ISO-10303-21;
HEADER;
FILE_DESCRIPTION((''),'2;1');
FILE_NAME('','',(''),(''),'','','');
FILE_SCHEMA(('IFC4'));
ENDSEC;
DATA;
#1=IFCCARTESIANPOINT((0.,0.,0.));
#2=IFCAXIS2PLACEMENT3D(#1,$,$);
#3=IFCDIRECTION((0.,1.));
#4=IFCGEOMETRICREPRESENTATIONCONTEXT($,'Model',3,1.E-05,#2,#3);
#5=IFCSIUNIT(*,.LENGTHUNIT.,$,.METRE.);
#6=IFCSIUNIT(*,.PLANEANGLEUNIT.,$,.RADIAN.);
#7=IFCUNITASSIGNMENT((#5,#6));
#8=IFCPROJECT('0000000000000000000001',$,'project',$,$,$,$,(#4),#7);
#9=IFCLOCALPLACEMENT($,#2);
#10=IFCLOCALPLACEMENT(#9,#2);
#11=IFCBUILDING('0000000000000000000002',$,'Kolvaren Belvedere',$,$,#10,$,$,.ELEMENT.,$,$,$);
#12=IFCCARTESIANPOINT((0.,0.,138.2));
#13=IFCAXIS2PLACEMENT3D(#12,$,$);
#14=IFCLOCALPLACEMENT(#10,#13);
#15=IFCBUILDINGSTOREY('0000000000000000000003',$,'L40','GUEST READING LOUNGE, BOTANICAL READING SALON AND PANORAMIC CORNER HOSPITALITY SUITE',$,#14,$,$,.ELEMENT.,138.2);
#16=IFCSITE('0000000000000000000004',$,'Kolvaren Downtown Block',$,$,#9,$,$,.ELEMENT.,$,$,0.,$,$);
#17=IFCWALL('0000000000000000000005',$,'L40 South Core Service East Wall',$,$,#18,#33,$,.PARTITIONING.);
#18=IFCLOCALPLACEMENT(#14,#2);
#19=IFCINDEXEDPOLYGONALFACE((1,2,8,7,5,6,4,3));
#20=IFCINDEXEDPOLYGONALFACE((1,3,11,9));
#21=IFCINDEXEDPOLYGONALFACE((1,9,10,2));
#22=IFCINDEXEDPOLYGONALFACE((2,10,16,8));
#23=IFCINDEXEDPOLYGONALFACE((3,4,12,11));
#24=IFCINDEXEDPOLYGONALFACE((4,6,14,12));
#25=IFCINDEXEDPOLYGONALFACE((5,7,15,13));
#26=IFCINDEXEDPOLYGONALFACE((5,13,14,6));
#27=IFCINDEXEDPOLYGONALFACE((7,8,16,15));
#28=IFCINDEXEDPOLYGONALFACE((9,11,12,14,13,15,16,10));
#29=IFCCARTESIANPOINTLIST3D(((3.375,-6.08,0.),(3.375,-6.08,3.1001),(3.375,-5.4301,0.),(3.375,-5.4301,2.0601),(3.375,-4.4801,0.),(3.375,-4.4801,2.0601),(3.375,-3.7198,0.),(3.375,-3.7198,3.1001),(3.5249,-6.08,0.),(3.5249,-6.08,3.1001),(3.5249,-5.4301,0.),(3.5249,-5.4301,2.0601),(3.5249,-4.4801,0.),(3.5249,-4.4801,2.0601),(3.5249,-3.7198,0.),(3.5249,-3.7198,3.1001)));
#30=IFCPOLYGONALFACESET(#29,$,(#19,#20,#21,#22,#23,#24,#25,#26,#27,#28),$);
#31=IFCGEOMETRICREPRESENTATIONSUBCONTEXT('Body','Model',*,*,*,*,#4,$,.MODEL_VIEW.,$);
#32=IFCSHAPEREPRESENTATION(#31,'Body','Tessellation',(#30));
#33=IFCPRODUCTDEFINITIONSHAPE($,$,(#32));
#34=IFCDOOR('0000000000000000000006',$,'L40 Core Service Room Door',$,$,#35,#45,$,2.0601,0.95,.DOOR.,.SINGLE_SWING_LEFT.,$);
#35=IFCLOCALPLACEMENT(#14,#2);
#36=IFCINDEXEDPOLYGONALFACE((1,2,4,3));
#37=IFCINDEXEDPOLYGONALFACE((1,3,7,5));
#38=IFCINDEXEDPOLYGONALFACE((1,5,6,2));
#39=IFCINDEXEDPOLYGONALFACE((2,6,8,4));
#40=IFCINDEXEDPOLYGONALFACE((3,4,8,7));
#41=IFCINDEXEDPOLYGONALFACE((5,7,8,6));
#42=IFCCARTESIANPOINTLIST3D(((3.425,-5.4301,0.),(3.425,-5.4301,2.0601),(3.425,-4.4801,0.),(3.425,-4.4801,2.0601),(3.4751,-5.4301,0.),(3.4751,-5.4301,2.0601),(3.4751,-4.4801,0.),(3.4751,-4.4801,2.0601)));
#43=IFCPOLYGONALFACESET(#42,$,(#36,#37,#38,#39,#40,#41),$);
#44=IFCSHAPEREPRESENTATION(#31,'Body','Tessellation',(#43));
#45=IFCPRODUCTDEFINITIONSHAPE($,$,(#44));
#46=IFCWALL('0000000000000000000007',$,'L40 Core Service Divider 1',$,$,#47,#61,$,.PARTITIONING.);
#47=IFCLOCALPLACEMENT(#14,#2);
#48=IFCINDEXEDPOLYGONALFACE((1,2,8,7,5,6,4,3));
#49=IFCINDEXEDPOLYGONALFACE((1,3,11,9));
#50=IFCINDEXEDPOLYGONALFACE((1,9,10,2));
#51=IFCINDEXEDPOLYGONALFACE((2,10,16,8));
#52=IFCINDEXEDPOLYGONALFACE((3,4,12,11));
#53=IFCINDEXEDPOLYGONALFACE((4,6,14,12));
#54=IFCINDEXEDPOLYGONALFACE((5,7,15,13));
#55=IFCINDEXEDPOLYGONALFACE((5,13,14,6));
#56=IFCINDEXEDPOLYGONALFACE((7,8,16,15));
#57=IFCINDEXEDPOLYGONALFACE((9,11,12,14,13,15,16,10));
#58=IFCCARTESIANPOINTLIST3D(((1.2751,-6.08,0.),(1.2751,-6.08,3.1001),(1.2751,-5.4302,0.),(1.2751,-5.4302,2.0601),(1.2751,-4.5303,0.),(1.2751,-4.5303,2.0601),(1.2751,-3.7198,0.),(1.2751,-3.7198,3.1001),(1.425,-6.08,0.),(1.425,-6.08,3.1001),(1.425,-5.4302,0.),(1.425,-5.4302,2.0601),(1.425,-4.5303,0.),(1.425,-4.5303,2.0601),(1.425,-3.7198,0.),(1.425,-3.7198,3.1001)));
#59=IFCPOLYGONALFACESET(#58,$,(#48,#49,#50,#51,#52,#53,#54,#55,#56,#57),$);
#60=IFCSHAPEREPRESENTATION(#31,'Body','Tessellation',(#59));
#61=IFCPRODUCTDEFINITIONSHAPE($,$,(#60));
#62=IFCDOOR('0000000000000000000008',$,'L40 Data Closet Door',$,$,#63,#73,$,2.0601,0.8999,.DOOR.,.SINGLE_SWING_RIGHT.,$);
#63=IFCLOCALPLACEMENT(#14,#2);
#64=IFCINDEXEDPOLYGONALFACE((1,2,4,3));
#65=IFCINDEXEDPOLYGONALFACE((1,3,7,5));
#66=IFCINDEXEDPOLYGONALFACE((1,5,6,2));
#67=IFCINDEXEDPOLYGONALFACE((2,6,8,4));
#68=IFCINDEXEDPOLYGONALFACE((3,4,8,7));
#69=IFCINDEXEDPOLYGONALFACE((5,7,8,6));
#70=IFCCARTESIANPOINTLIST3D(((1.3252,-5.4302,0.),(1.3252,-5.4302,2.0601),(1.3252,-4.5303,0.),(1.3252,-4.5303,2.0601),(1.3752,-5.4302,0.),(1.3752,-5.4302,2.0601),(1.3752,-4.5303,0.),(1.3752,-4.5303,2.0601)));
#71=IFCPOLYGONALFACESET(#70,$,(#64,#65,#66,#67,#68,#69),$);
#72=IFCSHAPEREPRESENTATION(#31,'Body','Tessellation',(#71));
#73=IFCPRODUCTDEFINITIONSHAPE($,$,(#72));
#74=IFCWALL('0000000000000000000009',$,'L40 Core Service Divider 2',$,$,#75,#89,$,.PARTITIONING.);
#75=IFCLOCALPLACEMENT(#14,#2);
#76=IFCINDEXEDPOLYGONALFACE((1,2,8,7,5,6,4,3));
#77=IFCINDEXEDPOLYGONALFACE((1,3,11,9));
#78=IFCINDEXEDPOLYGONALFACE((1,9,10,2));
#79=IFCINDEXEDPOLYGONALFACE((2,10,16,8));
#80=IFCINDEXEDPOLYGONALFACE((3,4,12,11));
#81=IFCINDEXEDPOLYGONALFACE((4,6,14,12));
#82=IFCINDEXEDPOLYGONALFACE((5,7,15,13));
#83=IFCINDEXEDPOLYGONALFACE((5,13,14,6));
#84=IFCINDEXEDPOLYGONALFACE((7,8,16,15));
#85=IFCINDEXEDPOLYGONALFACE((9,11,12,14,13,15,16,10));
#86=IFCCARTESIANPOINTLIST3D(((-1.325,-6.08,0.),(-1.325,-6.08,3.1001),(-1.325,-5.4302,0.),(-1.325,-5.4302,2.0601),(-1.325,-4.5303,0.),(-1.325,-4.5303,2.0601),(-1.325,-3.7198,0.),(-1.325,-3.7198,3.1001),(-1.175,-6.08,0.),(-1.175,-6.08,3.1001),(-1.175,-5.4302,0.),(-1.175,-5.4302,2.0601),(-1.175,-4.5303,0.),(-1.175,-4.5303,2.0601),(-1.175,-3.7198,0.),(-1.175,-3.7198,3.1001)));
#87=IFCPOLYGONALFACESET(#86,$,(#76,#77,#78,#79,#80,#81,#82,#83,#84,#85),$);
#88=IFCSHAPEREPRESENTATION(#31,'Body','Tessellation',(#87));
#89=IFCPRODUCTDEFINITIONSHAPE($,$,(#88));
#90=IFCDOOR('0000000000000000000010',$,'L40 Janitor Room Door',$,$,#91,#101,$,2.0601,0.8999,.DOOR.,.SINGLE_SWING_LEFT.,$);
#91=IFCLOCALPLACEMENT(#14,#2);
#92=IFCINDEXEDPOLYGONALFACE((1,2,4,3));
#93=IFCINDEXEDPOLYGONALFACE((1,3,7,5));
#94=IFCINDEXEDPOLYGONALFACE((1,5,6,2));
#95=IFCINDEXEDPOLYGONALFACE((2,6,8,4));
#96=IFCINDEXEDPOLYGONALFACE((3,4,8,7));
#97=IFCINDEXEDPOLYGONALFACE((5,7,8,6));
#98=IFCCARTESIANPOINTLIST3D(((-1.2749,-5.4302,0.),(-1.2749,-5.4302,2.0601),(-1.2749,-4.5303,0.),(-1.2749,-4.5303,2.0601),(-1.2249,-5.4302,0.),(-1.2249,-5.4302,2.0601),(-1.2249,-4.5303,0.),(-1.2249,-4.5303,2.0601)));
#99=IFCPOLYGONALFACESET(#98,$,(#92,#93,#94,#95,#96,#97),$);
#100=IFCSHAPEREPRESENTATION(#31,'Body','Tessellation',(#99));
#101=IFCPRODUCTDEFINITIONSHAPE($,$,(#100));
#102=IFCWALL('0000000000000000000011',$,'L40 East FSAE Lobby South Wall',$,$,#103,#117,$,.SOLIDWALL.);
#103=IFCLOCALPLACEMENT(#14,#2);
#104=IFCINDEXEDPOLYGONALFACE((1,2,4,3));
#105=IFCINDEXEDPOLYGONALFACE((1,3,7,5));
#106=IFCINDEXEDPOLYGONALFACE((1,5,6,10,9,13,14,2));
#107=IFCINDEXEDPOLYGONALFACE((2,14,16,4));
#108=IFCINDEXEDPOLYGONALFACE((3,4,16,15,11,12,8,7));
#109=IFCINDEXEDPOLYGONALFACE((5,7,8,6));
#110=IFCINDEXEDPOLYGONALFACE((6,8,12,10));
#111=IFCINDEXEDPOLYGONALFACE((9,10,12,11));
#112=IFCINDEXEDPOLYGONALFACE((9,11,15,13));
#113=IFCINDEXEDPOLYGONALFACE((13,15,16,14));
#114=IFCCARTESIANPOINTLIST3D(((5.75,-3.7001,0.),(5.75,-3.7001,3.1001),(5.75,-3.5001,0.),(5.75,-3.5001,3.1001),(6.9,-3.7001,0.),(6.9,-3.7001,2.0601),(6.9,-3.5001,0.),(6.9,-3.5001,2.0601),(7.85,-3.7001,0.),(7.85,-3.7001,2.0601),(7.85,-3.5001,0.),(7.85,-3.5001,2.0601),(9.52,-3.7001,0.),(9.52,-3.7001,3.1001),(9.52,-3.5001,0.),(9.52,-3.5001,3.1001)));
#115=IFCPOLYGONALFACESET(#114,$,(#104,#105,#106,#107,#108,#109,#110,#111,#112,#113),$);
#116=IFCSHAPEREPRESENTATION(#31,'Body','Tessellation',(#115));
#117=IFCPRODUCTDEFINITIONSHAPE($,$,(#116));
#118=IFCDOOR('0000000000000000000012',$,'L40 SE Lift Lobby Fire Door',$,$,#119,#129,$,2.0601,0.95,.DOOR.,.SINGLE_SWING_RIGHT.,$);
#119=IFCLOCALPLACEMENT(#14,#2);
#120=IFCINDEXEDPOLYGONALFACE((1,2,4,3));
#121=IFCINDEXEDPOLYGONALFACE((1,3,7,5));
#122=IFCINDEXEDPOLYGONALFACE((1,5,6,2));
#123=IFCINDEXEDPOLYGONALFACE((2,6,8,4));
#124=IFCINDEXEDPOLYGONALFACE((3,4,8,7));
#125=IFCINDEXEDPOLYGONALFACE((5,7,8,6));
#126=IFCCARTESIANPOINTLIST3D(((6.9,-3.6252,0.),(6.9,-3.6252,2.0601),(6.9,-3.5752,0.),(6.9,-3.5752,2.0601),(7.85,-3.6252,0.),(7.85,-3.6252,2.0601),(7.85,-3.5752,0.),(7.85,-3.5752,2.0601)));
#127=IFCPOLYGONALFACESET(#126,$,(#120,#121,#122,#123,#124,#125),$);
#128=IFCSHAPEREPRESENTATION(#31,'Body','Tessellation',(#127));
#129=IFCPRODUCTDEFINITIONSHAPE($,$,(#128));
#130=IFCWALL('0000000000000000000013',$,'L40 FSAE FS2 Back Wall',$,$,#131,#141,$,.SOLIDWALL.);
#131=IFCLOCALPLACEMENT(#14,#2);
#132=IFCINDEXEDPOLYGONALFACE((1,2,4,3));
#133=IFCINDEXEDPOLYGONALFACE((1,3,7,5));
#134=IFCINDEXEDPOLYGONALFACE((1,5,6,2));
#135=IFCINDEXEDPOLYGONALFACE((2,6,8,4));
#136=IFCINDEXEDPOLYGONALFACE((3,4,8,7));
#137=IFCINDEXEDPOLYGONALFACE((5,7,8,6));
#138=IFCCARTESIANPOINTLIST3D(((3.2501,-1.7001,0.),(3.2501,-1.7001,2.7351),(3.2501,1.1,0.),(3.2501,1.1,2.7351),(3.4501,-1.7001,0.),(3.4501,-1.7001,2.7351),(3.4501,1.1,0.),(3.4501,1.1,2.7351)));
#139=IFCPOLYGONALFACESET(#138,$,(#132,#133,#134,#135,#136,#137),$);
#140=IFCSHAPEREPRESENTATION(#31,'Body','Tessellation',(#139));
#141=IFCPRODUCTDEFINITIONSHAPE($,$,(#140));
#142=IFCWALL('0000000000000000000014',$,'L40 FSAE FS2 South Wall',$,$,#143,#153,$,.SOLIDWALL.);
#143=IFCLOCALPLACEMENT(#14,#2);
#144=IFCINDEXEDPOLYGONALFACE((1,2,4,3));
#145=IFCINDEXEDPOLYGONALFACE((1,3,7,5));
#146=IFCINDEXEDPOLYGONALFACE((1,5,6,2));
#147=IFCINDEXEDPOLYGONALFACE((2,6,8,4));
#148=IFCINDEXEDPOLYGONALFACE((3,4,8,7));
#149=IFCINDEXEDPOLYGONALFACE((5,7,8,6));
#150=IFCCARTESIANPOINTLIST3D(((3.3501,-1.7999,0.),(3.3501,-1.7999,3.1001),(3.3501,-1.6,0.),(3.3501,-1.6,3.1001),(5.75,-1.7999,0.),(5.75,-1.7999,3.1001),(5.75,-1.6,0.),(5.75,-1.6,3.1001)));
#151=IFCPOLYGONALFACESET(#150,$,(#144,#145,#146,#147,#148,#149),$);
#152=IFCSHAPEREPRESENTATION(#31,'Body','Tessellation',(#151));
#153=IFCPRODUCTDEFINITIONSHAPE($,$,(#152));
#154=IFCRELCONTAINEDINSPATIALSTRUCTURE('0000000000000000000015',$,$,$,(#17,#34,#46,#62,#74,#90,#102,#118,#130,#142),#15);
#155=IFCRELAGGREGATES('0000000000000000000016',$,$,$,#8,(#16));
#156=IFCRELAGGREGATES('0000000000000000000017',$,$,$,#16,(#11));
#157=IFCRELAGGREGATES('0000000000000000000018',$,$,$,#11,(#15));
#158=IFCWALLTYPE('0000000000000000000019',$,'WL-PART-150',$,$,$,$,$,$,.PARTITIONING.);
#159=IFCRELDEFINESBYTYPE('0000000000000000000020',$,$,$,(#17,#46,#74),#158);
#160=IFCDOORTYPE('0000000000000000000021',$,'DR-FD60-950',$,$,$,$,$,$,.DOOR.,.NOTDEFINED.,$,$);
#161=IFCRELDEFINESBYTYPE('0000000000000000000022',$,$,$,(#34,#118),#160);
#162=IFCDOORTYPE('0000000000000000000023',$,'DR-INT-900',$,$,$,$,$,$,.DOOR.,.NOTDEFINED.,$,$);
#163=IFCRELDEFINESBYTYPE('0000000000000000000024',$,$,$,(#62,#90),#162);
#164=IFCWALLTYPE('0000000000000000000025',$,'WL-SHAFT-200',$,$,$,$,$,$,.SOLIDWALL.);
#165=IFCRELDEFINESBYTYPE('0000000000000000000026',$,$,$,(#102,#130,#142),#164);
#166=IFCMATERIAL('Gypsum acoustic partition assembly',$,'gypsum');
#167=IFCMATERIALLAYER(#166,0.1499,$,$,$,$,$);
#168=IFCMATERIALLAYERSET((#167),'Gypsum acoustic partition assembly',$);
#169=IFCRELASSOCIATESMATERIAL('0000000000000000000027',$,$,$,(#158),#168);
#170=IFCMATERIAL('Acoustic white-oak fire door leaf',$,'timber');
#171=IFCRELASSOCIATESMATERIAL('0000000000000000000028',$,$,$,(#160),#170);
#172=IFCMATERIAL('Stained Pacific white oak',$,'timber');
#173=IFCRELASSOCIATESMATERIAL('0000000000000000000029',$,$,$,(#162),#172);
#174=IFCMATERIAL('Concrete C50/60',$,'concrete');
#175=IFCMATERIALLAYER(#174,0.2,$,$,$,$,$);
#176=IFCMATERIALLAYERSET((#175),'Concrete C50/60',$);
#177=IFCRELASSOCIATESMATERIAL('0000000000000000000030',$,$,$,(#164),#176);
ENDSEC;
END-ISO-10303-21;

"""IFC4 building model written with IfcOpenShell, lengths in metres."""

from ifc_helpers import new_model, si_unit, direction, frame, frame_2d, origin, place, context, subcontext, project, spatial, rectangle, extrude, material, layer, layer_set, type_object, element, fill, save


model = new_model("IFC4")

# Units and contexts
model_context = context("Model", 3, precision=1e-05, world=origin(), true_north=direction((0.0, 1.0)))
body_context = subcontext(model_context, "Body", "Model", "MODEL_VIEW")
ifc_project = project(units=[si_unit("LENGTHUNIT", "METRE"), si_unit("PLANEANGLEUNIT", "RADIAN")], contexts=[model_context])

# Site, building, storey
site_placement = place(None, origin())
site = spatial("IfcSite", under=ifc_project, at=site_placement, Name="Kolvaren Downtown Block", CompositionType="ELEMENT", RefElevation=0.0)
building_placement = place(site_placement, origin())
building = spatial("IfcBuilding", under=site, at=building_placement, Name="Kolvaren Belvedere", CompositionType="ELEMENT")
storey_placement = place(building_placement, frame((0.0, 0.0, 138.2)))
storey = spatial("IfcBuildingStorey", under=building, at=storey_placement, Name="L40", Description="GUEST READING LOUNGE, BOTANICAL READING SALON AND PANORAMIC CORNER HOSPITALITY SUITE", CompositionType="ELEMENT", Elevation=138.2)

# Walls, openings, doors
ifc_material_1 = material(Name="Gypsum acoustic partition assembly", Category="gypsum")
ifc_layer_1 = layer(ifc_material_1, 0.1499)
ifc_layer_set_1 = layer_set([ifc_layer_1], Name="Gypsum acoustic partition assembly")
wall_type_1 = type_object("IfcWallType", Name="WL-PART-150", PredefinedType="PARTITIONING", material=ifc_layer_set_1)
wall_1_placement = place(storey_placement, frame((3.45, -6.0801, 0.0), z_axis=(0.0, 0.0, 1.0), x_axis=(0.0, 1.0, 0.0)))
wall_1 = element("IfcWall", 1, at=wall_1_placement, inside=storey, type_object=wall_type_1, Name="L40 South Core Service East Wall", PredefinedType="PARTITIONING", context=body_context, shape_type="SweptSolid", body=[
    extrude(rectangle(XDim=2.3601, YDim=0.1499, at=frame_2d((1.1802, 0.0))), origin(), (0.0, 0.0, 1.0), 3.1001),
])
opening_1_placement = place(wall_1_placement, frame((0.6499, 0.0, 0.0)))
opening_1 = element("IfcOpeningElement", 2, at=opening_1_placement, cuts=wall_1, PredefinedType="OPENING", context=body_context, shape_type="SweptSolid", body=[
    extrude(rectangle(XDim=0.95, YDim=2.0601, at=frame_2d((0.4751, 1.03))), frame((0.0, 0.085, 0.0), z_axis=(0.0, -1.0, 0.0), x_axis=(1.0, 0.0, 0.0)), (0.0, 0.0, 1.0), 0.1699),
])
ifc_material_2 = material(Name="Acoustic white-oak fire door leaf", Category="timber")
door_type_1 = type_object("IfcDoorType", Name="DR-FD60-950", OperationType="NOTDEFINED", PredefinedType="DOOR", material=ifc_material_2)
door_1_placement = place(opening_1_placement, origin())
door_1 = element("IfcDoor", 3, at=door_1_placement, inside=storey, type_object=door_type_1, Name="L40 Core Service Room Door", OperationType="SINGLE_SWING_LEFT", OverallHeight=2.0601, OverallWidth=0.95, PredefinedType="DOOR", context=body_context, shape_type="SweptSolid", body=[
    extrude(rectangle(XDim=0.95, YDim=2.0601, at=frame_2d((0.4751, 1.03))), frame((0.0, 0.0249, 0.0), z_axis=(0.0, -1.0, 0.0), x_axis=(1.0, 0.0, 0.0)), (0.0, 0.0, 1.0), 0.05),
])
fill(opening_1, door_1)
wall_2_placement = place(storey_placement, frame((1.3501, -6.0801, 0.0), z_axis=(0.0, 0.0, 1.0), x_axis=(0.0, 1.0, 0.0)))
wall_2 = element("IfcWall", 4, at=wall_2_placement, inside=storey, type_object=wall_type_1, Name="L40 Core Service Divider 1", PredefinedType="PARTITIONING", context=body_context, shape_type="SweptSolid", body=[
    extrude(rectangle(XDim=2.3601, YDim=0.1499, at=frame_2d((1.1802, 0.0))), origin(), (0.0, 0.0, 1.0), 3.1001),
])
opening_2_placement = place(wall_2_placement, frame((0.6499, 0.0, 0.0)))
opening_2 = element("IfcOpeningElement", 5, at=opening_2_placement, cuts=wall_2, PredefinedType="OPENING", context=body_context, shape_type="SweptSolid", body=[
    extrude(rectangle(XDim=0.8999, YDim=2.0601, at=frame_2d((0.45, 1.03))), frame((0.0, 0.085, 0.0), z_axis=(0.0, -1.0, 0.0), x_axis=(1.0, 0.0, 0.0)), (0.0, 0.0, 1.0), 0.1699),
])
ifc_material_3 = material(Name="Stained Pacific white oak", Category="timber")
door_type_2 = type_object("IfcDoorType", Name="DR-INT-900", OperationType="NOTDEFINED", PredefinedType="DOOR", material=ifc_material_3)
door_2_placement = place(opening_2_placement, origin())
door_2 = element("IfcDoor", 6, at=door_2_placement, inside=storey, type_object=door_type_2, Name="L40 Data Closet Door", OperationType="SINGLE_SWING_RIGHT", OverallHeight=2.0601, OverallWidth=0.8999, PredefinedType="DOOR", context=body_context, shape_type="SweptSolid", body=[
    extrude(rectangle(XDim=0.8999, YDim=2.0601, at=frame_2d((0.45, 1.03))), frame((0.0, 0.0249, 0.0), z_axis=(0.0, -1.0, 0.0), x_axis=(1.0, 0.0, 0.0)), (0.0, 0.0, 1.0), 0.05),
])
fill(opening_2, door_2)
wall_3_placement = place(storey_placement, frame((-1.25, -6.0801, 0.0), z_axis=(0.0, 0.0, 1.0), x_axis=(0.0, 1.0, 0.0)))
wall_3 = element("IfcWall", 7, at=wall_3_placement, inside=storey, type_object=wall_type_1, Name="L40 Core Service Divider 2", PredefinedType="PARTITIONING", context=body_context, shape_type="SweptSolid", body=[
    extrude(rectangle(XDim=2.3601, YDim=0.1499, at=frame_2d((1.1802, 0.0))), origin(), (0.0, 0.0, 1.0), 3.1001),
])
opening_3_placement = place(wall_3_placement, frame((0.6499, 0.0, 0.0)))
opening_3 = element("IfcOpeningElement", 8, at=opening_3_placement, cuts=wall_3, PredefinedType="OPENING", context=body_context, shape_type="SweptSolid", body=[
    extrude(rectangle(XDim=0.8999, YDim=2.0601, at=frame_2d((0.45, 1.03))), frame((0.0, 0.085, 0.0), z_axis=(0.0, -1.0, 0.0), x_axis=(1.0, 0.0, 0.0)), (0.0, 0.0, 1.0), 0.1699),
])
door_3_placement = place(opening_3_placement, origin())
door_3 = element("IfcDoor", 9, at=door_3_placement, inside=storey, type_object=door_type_2, Name="L40 Janitor Room Door", OperationType="SINGLE_SWING_LEFT", OverallHeight=2.0601, OverallWidth=0.8999, PredefinedType="DOOR", context=body_context, shape_type="SweptSolid", body=[
    extrude(rectangle(XDim=0.8999, YDim=2.0601, at=frame_2d((0.45, 1.03))), frame((0.0, 0.0249, 0.0), z_axis=(0.0, -1.0, 0.0), x_axis=(1.0, 0.0, 0.0)), (0.0, 0.0, 1.0), 0.05),
])
fill(opening_3, door_3)
ifc_material_4 = material(Name="Concrete C50/60", Category="concrete")
ifc_layer_2 = layer(ifc_material_4, 0.2)
ifc_layer_set_2 = layer_set([ifc_layer_2], Name="Concrete C50/60")
wall_type_2 = type_object("IfcWallType", Name="WL-SHAFT-200", PredefinedType="SOLIDWALL", material=ifc_layer_set_2)
wall_4_placement = place(storey_placement, frame((5.75, -3.6001, 0.0), z_axis=(0.0, 0.0, 1.0), x_axis=(1.0, 0.0, 0.0)))
wall_4 = element("IfcWall", 10, at=wall_4_placement, inside=storey, type_object=wall_type_2, Name="L40 East FSAE Lobby South Wall", PredefinedType="SOLIDWALL", context=body_context, shape_type="SweptSolid", body=[
    extrude(rectangle(XDim=3.77, YDim=0.2, at=frame_2d((1.885, 0.0))), origin(), (0.0, 0.0, 1.0), 3.1001),
])
opening_4_placement = place(wall_4_placement, frame((1.1499, 0.0, 0.0)))
opening_4 = element("IfcOpeningElement", 11, at=opening_4_placement, cuts=wall_4, PredefinedType="OPENING", context=body_context, shape_type="SweptSolid", body=[
    extrude(rectangle(XDim=0.95, YDim=2.0601, at=frame_2d((0.4751, 1.03))), frame((0.0, 0.1099, 0.0), z_axis=(0.0, -1.0, 0.0), x_axis=(1.0, 0.0, 0.0)), (0.0, 0.0, 1.0), 0.22),
])
door_4_placement = place(opening_4_placement, origin())
door_4 = element("IfcDoor", 12, at=door_4_placement, inside=storey, type_object=door_type_1, Name="L40 SE Lift Lobby Fire Door", OperationType="SINGLE_SWING_RIGHT", OverallHeight=2.0601, OverallWidth=0.95, PredefinedType="DOOR", context=body_context, shape_type="SweptSolid", body=[
    extrude(rectangle(XDim=0.95, YDim=2.0601, at=frame_2d((0.4751, 1.03))), frame((0.0, 0.0249, 0.0), z_axis=(0.0, -1.0, 0.0), x_axis=(1.0, 0.0, 0.0)), (0.0, 0.0, 1.0), 0.05),
])
fill(opening_4, door_4)

# Walls
wall_5_placement = place(storey_placement, frame((3.3501, -1.7, 0.0), z_axis=(0.0, 0.0, 1.0), x_axis=(0.0, 1.0, 0.0)))
element("IfcWall", 13, at=wall_5_placement, inside=storey, type_object=wall_type_2, Name="L40 FSAE FS2 Back Wall", PredefinedType="SOLIDWALL", context=body_context, shape_type="SweptSolid", body=[
    extrude(rectangle(XDim=2.8, YDim=0.2, at=frame_2d((1.3999, 0.0))), origin(), (0.0, 0.0, 1.0), 2.7351),
])
wall_6_placement = place(storey_placement, frame((3.3501, -1.7, 0.0), z_axis=(0.0, 0.0, 1.0), x_axis=(1.0, 0.0, 0.0)))
element("IfcWall", 14, at=wall_6_placement, inside=storey, type_object=wall_type_2, Name="L40 FSAE FS2 South Wall", PredefinedType="SOLIDWALL", context=body_context, shape_type="SweptSolid", body=[
    extrude(rectangle(XDim=2.3999, YDim=0.2, at=frame_2d((1.2, 0.0))), origin(), (0.0, 0.0, 1.0), 3.1001),
])

save(model, "model.ifc")
